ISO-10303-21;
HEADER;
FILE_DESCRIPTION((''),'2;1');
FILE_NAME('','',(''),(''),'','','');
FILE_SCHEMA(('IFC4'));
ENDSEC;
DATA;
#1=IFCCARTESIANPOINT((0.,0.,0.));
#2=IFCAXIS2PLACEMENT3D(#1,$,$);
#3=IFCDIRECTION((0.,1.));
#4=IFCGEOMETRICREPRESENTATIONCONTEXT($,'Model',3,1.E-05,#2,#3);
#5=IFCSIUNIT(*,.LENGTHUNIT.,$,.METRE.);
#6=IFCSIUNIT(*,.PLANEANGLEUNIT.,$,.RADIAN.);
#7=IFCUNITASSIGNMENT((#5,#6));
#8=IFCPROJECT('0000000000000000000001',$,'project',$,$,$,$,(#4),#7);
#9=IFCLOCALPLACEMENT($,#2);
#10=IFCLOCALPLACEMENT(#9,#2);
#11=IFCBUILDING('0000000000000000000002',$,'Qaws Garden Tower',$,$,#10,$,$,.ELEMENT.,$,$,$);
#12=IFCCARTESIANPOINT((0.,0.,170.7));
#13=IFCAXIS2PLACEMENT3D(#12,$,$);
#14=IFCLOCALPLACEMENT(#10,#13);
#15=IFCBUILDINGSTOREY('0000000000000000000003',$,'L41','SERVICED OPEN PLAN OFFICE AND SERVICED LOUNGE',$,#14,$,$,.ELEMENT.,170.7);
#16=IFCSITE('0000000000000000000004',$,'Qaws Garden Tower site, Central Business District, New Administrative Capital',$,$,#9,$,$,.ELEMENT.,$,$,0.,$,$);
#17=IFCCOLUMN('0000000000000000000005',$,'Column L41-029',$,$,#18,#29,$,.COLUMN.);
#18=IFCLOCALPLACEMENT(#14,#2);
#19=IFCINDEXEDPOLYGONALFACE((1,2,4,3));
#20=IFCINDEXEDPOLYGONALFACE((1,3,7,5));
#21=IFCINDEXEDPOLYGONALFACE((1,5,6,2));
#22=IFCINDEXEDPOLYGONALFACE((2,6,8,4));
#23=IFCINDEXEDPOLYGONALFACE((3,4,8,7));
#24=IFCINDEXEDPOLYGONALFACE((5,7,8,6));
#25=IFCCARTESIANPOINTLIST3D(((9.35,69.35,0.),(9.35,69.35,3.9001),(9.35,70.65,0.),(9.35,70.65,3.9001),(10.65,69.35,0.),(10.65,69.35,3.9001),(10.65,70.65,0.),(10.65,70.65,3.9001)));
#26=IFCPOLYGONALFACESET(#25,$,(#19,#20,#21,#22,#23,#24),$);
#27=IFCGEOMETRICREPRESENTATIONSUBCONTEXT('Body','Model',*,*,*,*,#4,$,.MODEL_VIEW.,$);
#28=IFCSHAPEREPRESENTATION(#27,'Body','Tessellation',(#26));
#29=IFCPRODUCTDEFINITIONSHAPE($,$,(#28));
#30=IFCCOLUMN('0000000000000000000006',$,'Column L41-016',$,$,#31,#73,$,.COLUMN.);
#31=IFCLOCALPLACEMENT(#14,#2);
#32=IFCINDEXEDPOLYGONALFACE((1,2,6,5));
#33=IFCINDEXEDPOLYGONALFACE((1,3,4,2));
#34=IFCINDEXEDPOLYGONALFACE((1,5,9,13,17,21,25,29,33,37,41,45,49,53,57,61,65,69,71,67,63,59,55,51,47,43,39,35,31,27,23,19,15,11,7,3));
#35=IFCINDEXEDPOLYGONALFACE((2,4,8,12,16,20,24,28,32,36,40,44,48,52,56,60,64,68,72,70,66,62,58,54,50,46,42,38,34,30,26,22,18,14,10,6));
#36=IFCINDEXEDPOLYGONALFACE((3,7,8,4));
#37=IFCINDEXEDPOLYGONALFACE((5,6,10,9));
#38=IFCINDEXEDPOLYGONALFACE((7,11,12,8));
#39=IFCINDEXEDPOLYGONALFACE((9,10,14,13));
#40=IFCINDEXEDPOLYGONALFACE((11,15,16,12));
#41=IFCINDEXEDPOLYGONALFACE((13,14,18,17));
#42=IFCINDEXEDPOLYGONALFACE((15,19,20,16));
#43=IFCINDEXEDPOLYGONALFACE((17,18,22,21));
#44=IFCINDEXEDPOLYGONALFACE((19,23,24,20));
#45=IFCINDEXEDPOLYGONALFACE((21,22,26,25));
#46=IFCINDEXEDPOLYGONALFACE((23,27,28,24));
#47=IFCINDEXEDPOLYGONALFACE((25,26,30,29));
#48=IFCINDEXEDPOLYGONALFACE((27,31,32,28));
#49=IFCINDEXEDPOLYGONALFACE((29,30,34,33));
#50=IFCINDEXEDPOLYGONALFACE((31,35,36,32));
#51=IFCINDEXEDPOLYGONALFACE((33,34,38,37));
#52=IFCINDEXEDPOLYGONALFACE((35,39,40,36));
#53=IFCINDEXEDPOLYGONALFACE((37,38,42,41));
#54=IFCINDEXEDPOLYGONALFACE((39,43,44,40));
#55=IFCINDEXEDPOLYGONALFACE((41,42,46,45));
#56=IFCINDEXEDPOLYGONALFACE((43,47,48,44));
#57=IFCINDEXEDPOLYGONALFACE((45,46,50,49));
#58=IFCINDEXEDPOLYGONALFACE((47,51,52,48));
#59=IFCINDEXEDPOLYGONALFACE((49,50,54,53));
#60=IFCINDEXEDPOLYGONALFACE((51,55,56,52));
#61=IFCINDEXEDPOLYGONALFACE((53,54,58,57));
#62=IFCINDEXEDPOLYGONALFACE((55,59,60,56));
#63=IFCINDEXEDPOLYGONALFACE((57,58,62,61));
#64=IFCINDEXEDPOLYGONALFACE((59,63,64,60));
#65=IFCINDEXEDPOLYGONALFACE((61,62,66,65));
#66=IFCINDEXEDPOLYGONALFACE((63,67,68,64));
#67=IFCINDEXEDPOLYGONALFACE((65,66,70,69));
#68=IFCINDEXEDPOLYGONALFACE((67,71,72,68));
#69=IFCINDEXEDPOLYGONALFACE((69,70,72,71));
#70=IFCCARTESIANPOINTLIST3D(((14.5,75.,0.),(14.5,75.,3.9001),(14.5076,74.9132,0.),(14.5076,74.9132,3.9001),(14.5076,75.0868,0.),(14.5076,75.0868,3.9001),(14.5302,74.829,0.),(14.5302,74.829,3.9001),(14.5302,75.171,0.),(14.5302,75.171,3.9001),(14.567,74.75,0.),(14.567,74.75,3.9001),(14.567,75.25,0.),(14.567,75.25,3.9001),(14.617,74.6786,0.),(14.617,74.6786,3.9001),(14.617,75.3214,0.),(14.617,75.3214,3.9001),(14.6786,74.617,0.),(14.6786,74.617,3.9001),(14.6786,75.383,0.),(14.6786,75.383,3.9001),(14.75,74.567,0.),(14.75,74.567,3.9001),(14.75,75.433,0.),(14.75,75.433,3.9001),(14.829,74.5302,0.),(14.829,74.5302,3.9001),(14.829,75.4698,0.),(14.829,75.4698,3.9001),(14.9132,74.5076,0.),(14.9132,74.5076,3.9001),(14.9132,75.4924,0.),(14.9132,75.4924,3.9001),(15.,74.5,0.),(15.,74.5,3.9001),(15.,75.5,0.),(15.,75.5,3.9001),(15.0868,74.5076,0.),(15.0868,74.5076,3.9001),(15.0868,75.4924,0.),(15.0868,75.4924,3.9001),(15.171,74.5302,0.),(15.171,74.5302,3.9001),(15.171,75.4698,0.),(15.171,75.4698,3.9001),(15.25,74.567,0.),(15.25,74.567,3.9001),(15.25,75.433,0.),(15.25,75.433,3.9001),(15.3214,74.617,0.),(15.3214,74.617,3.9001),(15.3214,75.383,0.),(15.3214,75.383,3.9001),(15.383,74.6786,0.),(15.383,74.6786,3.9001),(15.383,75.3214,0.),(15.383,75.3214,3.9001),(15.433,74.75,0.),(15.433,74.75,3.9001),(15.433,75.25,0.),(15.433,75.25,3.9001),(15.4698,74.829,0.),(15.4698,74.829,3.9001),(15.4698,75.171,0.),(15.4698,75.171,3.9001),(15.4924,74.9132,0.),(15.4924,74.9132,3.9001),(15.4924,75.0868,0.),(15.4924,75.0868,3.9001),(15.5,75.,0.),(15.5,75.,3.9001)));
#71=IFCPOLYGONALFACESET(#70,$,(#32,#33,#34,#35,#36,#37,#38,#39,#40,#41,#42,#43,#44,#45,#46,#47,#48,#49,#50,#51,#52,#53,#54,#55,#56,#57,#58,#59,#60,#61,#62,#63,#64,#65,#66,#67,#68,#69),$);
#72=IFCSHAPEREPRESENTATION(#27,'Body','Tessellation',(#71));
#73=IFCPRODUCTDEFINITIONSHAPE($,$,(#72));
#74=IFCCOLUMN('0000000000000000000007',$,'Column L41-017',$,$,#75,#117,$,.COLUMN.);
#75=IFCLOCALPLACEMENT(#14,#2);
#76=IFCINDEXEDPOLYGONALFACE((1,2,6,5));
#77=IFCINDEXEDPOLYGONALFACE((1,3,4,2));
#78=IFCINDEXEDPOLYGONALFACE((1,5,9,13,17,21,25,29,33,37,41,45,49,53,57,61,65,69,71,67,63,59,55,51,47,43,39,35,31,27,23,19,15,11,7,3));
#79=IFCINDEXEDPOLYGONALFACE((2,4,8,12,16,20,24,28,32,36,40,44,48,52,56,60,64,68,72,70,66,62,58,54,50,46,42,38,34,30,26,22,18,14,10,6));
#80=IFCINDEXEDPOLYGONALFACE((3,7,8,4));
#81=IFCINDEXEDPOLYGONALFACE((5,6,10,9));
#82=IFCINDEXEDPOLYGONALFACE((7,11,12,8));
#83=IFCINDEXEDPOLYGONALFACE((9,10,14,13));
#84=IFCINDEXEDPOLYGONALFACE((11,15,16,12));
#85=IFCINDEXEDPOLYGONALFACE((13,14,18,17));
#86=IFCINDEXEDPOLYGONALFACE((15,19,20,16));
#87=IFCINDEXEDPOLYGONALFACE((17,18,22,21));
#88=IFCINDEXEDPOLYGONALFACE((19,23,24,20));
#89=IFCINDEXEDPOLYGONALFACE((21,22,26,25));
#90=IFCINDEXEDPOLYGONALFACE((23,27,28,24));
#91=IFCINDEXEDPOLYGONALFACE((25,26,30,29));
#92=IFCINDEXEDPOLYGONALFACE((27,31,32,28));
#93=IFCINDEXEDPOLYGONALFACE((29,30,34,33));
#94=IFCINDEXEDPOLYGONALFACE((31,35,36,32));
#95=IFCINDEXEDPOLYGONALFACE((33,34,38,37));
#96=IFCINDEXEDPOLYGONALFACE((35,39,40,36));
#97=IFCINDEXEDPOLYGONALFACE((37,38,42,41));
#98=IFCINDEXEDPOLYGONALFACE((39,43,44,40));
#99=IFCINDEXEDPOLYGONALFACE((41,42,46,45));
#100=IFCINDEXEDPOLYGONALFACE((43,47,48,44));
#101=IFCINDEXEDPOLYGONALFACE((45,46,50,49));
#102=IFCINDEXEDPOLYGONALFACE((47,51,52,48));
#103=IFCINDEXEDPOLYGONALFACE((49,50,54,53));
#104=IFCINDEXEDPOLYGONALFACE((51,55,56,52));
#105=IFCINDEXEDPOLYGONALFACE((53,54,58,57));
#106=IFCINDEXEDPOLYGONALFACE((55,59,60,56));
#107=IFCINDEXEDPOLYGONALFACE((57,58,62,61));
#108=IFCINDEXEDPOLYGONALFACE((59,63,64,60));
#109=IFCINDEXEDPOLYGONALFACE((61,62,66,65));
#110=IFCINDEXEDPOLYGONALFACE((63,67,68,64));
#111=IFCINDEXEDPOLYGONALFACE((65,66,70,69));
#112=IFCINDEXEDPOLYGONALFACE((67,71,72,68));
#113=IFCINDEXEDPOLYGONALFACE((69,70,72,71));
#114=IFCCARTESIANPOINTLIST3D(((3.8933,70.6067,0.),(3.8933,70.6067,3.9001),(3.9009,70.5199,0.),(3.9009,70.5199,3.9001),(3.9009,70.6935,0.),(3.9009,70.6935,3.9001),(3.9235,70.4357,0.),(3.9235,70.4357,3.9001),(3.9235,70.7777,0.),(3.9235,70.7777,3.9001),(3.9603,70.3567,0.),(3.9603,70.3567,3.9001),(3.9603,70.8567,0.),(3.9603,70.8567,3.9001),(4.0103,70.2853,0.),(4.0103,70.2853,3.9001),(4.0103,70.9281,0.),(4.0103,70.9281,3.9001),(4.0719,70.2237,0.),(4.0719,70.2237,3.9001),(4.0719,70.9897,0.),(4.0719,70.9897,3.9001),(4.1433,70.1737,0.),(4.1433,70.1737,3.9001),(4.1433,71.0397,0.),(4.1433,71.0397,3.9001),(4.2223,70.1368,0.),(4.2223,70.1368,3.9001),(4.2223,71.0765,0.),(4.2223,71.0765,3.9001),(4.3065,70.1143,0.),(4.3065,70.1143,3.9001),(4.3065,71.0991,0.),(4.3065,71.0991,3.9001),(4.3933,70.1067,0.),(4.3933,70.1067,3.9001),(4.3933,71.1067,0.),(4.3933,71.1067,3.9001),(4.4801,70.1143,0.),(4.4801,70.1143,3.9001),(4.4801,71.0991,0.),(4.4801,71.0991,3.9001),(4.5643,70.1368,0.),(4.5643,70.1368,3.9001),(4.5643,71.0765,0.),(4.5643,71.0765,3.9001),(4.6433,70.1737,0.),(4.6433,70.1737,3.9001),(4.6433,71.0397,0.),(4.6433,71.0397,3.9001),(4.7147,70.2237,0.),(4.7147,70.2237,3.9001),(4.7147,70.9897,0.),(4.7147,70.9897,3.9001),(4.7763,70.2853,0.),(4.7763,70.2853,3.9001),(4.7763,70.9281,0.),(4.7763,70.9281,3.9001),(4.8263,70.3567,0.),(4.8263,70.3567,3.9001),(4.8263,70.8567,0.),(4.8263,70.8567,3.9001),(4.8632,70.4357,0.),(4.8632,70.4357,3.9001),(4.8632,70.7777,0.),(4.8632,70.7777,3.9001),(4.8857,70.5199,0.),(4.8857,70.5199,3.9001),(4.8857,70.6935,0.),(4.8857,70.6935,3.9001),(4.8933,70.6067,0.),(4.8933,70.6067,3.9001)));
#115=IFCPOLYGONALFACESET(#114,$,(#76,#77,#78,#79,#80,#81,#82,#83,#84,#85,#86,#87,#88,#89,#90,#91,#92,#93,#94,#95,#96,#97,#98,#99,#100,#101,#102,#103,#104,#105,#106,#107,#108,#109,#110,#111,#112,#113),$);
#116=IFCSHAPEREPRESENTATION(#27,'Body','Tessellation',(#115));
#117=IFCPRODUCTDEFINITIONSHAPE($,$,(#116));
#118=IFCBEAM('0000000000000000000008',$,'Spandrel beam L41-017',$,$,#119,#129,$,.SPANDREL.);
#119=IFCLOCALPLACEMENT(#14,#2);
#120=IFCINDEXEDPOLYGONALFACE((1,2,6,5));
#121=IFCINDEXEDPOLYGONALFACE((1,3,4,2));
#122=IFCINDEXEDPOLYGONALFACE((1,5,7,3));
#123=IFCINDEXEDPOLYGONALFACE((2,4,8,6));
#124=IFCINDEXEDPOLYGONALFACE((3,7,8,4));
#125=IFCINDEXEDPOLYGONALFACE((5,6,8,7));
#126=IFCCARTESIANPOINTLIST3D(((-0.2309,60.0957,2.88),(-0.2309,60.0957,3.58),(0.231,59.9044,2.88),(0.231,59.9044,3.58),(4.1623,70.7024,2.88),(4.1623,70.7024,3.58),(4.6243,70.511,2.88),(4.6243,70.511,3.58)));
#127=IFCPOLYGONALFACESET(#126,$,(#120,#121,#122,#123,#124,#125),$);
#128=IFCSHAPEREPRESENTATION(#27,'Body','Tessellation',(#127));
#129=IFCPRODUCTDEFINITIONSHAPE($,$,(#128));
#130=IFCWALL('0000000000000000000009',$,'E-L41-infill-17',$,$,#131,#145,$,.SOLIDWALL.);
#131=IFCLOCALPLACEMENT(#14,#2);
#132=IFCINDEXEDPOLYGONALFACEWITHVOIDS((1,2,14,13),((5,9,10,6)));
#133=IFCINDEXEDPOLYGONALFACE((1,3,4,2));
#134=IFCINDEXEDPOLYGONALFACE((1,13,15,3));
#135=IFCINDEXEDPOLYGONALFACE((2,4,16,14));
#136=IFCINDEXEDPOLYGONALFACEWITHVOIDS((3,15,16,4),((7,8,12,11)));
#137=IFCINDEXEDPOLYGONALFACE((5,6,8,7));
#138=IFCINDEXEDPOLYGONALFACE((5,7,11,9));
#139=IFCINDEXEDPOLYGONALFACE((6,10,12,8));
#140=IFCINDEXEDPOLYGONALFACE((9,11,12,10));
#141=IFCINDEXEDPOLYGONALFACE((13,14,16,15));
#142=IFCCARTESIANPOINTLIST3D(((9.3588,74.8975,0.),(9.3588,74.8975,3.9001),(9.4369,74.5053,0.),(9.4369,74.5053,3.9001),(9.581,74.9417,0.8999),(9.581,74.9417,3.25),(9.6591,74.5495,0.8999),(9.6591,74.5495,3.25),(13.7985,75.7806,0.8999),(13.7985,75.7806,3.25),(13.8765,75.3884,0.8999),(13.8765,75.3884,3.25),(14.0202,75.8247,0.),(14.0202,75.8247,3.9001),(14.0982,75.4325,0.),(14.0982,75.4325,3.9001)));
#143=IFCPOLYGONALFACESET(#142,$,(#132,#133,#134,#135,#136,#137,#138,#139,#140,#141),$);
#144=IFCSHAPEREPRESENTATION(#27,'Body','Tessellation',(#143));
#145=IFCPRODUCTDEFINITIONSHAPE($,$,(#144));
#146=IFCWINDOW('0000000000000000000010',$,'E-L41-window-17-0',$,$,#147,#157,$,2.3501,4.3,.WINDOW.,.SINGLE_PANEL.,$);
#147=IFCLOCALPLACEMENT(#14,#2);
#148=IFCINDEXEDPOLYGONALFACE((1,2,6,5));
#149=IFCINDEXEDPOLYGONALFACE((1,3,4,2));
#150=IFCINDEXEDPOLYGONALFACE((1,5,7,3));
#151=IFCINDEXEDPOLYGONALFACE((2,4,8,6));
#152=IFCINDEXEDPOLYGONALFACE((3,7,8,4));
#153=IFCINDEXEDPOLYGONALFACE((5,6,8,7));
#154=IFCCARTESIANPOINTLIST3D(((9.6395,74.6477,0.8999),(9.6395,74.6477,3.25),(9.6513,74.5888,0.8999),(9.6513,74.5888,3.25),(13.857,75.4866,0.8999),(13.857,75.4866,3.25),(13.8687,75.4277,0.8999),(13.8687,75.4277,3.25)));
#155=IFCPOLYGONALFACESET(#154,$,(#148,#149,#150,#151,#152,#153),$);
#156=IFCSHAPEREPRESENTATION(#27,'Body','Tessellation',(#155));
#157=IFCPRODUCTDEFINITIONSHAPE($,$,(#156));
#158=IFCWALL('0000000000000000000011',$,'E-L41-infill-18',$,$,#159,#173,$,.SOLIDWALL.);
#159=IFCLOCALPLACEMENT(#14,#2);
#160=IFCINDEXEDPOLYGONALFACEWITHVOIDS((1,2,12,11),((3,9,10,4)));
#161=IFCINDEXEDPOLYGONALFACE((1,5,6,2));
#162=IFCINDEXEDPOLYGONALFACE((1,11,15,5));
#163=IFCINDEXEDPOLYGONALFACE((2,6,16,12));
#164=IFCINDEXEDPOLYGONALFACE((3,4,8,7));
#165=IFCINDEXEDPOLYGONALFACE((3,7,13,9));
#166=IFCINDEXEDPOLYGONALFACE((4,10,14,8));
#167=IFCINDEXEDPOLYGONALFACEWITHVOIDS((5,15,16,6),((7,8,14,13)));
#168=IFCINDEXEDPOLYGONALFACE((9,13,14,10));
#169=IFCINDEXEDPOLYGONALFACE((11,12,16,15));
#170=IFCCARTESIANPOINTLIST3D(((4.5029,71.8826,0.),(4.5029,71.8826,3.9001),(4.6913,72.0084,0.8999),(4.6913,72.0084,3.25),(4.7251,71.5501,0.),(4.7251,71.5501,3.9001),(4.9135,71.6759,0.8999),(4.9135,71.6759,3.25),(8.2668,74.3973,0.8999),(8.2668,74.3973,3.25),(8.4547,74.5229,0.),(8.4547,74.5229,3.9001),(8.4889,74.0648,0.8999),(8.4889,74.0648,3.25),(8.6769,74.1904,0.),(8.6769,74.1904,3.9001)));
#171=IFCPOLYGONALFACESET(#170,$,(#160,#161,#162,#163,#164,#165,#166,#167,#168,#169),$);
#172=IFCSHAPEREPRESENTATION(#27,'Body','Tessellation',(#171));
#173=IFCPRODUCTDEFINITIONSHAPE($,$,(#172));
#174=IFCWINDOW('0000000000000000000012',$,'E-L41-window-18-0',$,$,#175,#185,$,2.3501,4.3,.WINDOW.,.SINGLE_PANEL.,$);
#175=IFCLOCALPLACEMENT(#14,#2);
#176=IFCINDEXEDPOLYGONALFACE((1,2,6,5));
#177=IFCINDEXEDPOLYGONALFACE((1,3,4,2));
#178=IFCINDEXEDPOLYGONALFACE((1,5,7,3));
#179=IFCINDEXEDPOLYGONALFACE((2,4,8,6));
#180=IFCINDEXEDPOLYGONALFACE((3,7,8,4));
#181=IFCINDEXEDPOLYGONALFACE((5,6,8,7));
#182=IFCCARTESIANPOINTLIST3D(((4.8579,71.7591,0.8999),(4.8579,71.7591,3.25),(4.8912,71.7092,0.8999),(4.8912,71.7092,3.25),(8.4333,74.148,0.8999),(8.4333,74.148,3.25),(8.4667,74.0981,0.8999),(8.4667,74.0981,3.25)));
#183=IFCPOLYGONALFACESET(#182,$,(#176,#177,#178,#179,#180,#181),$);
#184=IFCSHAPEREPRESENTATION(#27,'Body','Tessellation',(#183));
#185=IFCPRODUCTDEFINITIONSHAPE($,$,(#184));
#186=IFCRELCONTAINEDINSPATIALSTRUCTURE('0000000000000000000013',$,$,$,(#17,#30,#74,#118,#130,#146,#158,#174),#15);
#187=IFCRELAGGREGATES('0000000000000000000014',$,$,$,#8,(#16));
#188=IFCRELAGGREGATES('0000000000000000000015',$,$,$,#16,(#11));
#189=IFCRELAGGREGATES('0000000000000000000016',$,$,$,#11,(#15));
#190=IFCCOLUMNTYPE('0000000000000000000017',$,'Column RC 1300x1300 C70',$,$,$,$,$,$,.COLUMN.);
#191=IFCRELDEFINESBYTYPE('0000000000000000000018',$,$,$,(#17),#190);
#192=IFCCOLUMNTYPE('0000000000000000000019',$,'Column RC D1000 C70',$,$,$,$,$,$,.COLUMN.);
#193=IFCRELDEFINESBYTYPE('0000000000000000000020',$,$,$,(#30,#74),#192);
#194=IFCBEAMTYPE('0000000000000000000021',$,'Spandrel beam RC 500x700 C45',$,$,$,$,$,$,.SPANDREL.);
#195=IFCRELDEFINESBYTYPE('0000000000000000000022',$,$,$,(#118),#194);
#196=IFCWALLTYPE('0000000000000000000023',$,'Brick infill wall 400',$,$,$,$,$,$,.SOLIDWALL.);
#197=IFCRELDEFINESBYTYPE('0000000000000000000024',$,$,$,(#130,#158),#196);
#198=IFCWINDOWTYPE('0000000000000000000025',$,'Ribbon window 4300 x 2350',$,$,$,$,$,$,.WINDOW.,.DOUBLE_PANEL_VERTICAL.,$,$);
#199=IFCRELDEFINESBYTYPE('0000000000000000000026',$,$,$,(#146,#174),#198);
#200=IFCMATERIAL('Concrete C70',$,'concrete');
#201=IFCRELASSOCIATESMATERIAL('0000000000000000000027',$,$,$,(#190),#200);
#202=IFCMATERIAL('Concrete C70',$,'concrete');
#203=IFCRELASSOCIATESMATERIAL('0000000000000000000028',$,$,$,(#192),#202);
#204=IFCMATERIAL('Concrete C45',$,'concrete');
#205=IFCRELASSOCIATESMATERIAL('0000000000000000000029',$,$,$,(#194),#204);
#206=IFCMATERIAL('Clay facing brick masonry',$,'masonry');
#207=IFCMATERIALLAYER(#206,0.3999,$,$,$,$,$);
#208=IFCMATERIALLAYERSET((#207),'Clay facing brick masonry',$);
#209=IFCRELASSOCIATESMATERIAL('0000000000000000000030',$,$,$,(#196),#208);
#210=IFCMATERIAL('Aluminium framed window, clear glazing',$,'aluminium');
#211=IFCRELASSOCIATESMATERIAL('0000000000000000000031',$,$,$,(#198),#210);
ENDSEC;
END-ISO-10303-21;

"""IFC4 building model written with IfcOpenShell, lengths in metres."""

from ifc_helpers import new_model, si_unit, direction, frame, frame_2d, origin, origin_2d, place, context, subcontext, project, spatial, rectangle, circle, extrude, material, layer, layer_set, material_profile, profile_set, type_object, element, fill, save


model = new_model("IFC4")

# Units and contexts
model_context = context("Model", 3, precision=1e-05, world=origin(), true_north=direction((0.0, 1.0)))
body_context = subcontext(model_context, "Body", "Model", "MODEL_VIEW")
ifc_project = project(units=[si_unit("LENGTHUNIT", "METRE"), si_unit("PLANEANGLEUNIT", "RADIAN")], contexts=[model_context])

# Site, building, storey
site_placement = place(None, origin())
site = spatial("IfcSite", under=ifc_project, at=site_placement, Name="Qaws Garden Tower site, Central Business District, New Administrative Capital", CompositionType="ELEMENT", RefElevation=0.0)
building_placement = place(site_placement, origin())
building = spatial("IfcBuilding", under=site, at=building_placement, Name="Qaws Garden Tower", CompositionType="ELEMENT")
storey_placement = place(building_placement, frame((0.0, 0.0, 170.7)))
storey = spatial("IfcBuildingStorey", under=building, at=storey_placement, Name="L41", Description="SERVICED OPEN PLAN OFFICE AND SERVICED LOUNGE", CompositionType="ELEMENT", Elevation=170.7)

# Columns
ifc_material_1 = material(Name="Concrete C70", Category="concrete")
ifc_material_profile_1 = material_profile(ifc_material_1, rectangle(XDim=1.3, YDim=1.3, at=origin_2d()), Name="RC 1300x1300")
ifc_profile_set_1 = profile_set([ifc_material_profile_1], Name="Concrete C70")
column_type_1 = type_object("IfcColumnType", Name="Column RC 1300x1300 C70", PredefinedType="COLUMN", material=ifc_profile_set_1)
column_placement = place(storey_placement, frame((10.0, 70.0, 0.0), z_axis=(0.0, 0.0, 1.0), x_axis=(1.0, 0.0, 0.0)))
element("IfcColumn", 1, at=column_placement, inside=storey, type_object=column_type_1, Name="Column L41-029", PredefinedType="COLUMN", context=body_context, shape_type="SweptSolid", body=[
    extrude(rectangle(XDim=1.3, YDim=1.3, at=origin_2d()), origin(), (0.0, 0.0, 1.0), 3.9001),
])
ifc_material_2 = material(Name="Concrete C70", Category="concrete")
ifc_material_profile_2 = material_profile(ifc_material_2, circle(Radius=0.5, at=origin_2d()), Name="RC D1000")
ifc_profile_set_2 = profile_set([ifc_material_profile_2], Name="Concrete C70")
column_type_2 = type_object("IfcColumnType", Name="Column RC D1000 C70", PredefinedType="COLUMN", material=ifc_profile_set_2)
for number, where, z_axis, x_axis, name in (
    (2, (15.0, 75.0, 0.0), (0.0, 0.0, 1.0), (1.0, 0.0, 0.0), "Column L41-016"),
    (3, (4.3933, 70.6067, 0.0), (0.0, 0.0, 1.0), (1.0, 0.0, 0.0), "Column L41-017"),
):
    element("IfcColumn", number, at=place(storey_placement, frame(where, z_axis=z_axis, x_axis=x_axis)), inside=storey, type_object=column_type_2, Name=name, PredefinedType="COLUMN", context=body_context, shape_type="SweptSolid", body=[
        extrude(circle(Radius=0.5, at=origin_2d()), origin(), (0.0, 0.0, 1.0), 3.9001),
    ])

# Beam
ifc_material_3 = material(Name="Concrete C45", Category="concrete")
ifc_material_profile_3 = material_profile(ifc_material_3, rectangle(XDim=0.5, YDim=0.7, at=origin_2d()), Name="RC 500x700")
ifc_profile_set_3 = profile_set([ifc_material_profile_3], Name="Concrete C45")
beam_type = type_object("IfcBeamType", Name="Spandrel beam RC 500x700 C45", PredefinedType="SPANDREL", material=ifc_profile_set_3)
beam_placement = place(storey_placement, frame((4.3933, 70.6067, 3.23), z_axis=(-0.382674, -0.923883, 0.0), x_axis=(0.923883, -0.382674, 0.0)))
element("IfcBeam", 4, at=beam_placement, inside=storey, type_object=beam_type, Name="Spandrel beam L41-017", PredefinedType="SPANDREL", context=body_context, shape_type="SweptSolid", body=[
    extrude(rectangle(XDim=0.5, YDim=0.7, at=origin_2d()), origin(), (0.0, 0.0, 1.0), 11.4805),
])

# Walls, openings, windows
ifc_material_4 = material(Name="Clay facing brick masonry", Category="masonry")
ifc_layer_1 = layer(ifc_material_4, 0.3999)
ifc_layer_set_1 = layer_set([ifc_layer_1], Name="Clay facing brick masonry")
wall_type_1 = type_object("IfcWallType", Name="Brick infill wall 400", PredefinedType="SOLIDWALL", material=ifc_layer_set_1)
wall_1_placement = place(storey_placement, frame((14.0593, 75.6287, 0.0), z_axis=(0.0, 0.0, 1.0), x_axis=(-0.980784, -0.195099, 0.0)))
wall_1 = element("IfcWall", 5, at=wall_1_placement, inside=storey, type_object=wall_type_1, Name="E-L41-infill-17", PredefinedType="SOLIDWALL", context=body_context, shape_type="SweptSolid", body=[
    extrude(rectangle(XDim=4.7527, YDim=0.3999, at=frame_2d((2.3765, 0.0))), origin(), (0.0, 0.0, 1.0), 3.9001),
])
opening_1_placement = place(wall_1_placement, frame((0.2263, 0.0, 0.8999)))
opening_1 = element("IfcOpeningElement", 6, at=opening_1_placement, cuts=wall_1, PredefinedType="OPENING", context=body_context, shape_type="SweptSolid", body=[
    extrude(rectangle(XDim=4.3, YDim=2.3501, at=frame_2d((2.1499, 1.175))), frame((0.0, 0.21, 0.0), z_axis=(0.0, -1.0, 0.0), x_axis=(1.0, 0.0, 0.0)), (0.0, 0.0, 1.0), 0.4199),
])
ifc_material_5 = material(Name="Aluminium framed window, clear glazing", Category="aluminium")
window_type = type_object("IfcWindowType", Name="Ribbon window 4300 x 2350", PartitioningType="DOUBLE_PANEL_VERTICAL", PredefinedType="WINDOW", material=ifc_material_5)
window_1_placement = place(opening_1_placement, origin())
window_1 = element("IfcWindow", 7, at=window_1_placement, inside=storey, type_object=window_type, Name="E-L41-window-17-0", OverallHeight=2.3501, OverallWidth=4.3, PartitioningType="SINGLE_PANEL", PredefinedType="WINDOW", context=body_context, shape_type="SweptSolid", body=[
    extrude(rectangle(XDim=4.3, YDim=2.3501, at=frame_2d((2.1499, 1.175))), frame((0.0, 0.1599, 0.0), z_axis=(0.0, -1.0, 0.0), x_axis=(1.0, 0.0, 0.0)), (0.0, 0.0, 1.0), 0.0601),
])
fill(opening_1, window_1)
wall_2_placement = place(storey_placement, frame((8.5659, 74.3567, 0.0), z_axis=(0.0, 0.0, 1.0), x_axis=(-0.831489, -0.555542, 0.0)))
wall_2 = element("IfcWall", 8, at=wall_2_placement, inside=storey, type_object=wall_type_1, Name="E-L41-infill-18", PredefinedType="SOLIDWALL", context=body_context, shape_type="SweptSolid", body=[
    extrude(rectangle(XDim=4.7527, YDim=0.3999, at=frame_2d((2.3765, 0.0))), origin(), (0.0, 0.0, 1.0), 3.9001),
])
opening_2_placement = place(wall_2_placement, frame((0.2263, 0.0, 0.8999)))
opening_2 = element("IfcOpeningElement", 9, at=opening_2_placement, cuts=wall_2, PredefinedType="OPENING", context=body_context, shape_type="SweptSolid", body=[
    extrude(rectangle(XDim=4.3, YDim=2.3501, at=frame_2d((2.1499, 1.175))), frame((0.0, 0.21, 0.0), z_axis=(0.0, -1.0, 0.0), x_axis=(1.0, 0.0, 0.0)), (0.0, 0.0, 1.0), 0.4199),
])
window_2_placement = place(opening_2_placement, origin())
window_2 = element("IfcWindow", 10, at=window_2_placement, inside=storey, type_object=window_type, Name="E-L41-window-18-0", OverallHeight=2.3501, OverallWidth=4.3, PartitioningType="SINGLE_PANEL", PredefinedType="WINDOW", context=body_context, shape_type="SweptSolid", body=[
    extrude(rectangle(XDim=4.3, YDim=2.3501, at=frame_2d((2.1499, 1.175))), frame((0.0, 0.1599, 0.0), z_axis=(0.0, -1.0, 0.0), x_axis=(1.0, 0.0, 0.0)), (0.0, 0.0, 1.0), 0.0601),
])
fill(opening_2, window_2)

save(model, "model.ifc")
